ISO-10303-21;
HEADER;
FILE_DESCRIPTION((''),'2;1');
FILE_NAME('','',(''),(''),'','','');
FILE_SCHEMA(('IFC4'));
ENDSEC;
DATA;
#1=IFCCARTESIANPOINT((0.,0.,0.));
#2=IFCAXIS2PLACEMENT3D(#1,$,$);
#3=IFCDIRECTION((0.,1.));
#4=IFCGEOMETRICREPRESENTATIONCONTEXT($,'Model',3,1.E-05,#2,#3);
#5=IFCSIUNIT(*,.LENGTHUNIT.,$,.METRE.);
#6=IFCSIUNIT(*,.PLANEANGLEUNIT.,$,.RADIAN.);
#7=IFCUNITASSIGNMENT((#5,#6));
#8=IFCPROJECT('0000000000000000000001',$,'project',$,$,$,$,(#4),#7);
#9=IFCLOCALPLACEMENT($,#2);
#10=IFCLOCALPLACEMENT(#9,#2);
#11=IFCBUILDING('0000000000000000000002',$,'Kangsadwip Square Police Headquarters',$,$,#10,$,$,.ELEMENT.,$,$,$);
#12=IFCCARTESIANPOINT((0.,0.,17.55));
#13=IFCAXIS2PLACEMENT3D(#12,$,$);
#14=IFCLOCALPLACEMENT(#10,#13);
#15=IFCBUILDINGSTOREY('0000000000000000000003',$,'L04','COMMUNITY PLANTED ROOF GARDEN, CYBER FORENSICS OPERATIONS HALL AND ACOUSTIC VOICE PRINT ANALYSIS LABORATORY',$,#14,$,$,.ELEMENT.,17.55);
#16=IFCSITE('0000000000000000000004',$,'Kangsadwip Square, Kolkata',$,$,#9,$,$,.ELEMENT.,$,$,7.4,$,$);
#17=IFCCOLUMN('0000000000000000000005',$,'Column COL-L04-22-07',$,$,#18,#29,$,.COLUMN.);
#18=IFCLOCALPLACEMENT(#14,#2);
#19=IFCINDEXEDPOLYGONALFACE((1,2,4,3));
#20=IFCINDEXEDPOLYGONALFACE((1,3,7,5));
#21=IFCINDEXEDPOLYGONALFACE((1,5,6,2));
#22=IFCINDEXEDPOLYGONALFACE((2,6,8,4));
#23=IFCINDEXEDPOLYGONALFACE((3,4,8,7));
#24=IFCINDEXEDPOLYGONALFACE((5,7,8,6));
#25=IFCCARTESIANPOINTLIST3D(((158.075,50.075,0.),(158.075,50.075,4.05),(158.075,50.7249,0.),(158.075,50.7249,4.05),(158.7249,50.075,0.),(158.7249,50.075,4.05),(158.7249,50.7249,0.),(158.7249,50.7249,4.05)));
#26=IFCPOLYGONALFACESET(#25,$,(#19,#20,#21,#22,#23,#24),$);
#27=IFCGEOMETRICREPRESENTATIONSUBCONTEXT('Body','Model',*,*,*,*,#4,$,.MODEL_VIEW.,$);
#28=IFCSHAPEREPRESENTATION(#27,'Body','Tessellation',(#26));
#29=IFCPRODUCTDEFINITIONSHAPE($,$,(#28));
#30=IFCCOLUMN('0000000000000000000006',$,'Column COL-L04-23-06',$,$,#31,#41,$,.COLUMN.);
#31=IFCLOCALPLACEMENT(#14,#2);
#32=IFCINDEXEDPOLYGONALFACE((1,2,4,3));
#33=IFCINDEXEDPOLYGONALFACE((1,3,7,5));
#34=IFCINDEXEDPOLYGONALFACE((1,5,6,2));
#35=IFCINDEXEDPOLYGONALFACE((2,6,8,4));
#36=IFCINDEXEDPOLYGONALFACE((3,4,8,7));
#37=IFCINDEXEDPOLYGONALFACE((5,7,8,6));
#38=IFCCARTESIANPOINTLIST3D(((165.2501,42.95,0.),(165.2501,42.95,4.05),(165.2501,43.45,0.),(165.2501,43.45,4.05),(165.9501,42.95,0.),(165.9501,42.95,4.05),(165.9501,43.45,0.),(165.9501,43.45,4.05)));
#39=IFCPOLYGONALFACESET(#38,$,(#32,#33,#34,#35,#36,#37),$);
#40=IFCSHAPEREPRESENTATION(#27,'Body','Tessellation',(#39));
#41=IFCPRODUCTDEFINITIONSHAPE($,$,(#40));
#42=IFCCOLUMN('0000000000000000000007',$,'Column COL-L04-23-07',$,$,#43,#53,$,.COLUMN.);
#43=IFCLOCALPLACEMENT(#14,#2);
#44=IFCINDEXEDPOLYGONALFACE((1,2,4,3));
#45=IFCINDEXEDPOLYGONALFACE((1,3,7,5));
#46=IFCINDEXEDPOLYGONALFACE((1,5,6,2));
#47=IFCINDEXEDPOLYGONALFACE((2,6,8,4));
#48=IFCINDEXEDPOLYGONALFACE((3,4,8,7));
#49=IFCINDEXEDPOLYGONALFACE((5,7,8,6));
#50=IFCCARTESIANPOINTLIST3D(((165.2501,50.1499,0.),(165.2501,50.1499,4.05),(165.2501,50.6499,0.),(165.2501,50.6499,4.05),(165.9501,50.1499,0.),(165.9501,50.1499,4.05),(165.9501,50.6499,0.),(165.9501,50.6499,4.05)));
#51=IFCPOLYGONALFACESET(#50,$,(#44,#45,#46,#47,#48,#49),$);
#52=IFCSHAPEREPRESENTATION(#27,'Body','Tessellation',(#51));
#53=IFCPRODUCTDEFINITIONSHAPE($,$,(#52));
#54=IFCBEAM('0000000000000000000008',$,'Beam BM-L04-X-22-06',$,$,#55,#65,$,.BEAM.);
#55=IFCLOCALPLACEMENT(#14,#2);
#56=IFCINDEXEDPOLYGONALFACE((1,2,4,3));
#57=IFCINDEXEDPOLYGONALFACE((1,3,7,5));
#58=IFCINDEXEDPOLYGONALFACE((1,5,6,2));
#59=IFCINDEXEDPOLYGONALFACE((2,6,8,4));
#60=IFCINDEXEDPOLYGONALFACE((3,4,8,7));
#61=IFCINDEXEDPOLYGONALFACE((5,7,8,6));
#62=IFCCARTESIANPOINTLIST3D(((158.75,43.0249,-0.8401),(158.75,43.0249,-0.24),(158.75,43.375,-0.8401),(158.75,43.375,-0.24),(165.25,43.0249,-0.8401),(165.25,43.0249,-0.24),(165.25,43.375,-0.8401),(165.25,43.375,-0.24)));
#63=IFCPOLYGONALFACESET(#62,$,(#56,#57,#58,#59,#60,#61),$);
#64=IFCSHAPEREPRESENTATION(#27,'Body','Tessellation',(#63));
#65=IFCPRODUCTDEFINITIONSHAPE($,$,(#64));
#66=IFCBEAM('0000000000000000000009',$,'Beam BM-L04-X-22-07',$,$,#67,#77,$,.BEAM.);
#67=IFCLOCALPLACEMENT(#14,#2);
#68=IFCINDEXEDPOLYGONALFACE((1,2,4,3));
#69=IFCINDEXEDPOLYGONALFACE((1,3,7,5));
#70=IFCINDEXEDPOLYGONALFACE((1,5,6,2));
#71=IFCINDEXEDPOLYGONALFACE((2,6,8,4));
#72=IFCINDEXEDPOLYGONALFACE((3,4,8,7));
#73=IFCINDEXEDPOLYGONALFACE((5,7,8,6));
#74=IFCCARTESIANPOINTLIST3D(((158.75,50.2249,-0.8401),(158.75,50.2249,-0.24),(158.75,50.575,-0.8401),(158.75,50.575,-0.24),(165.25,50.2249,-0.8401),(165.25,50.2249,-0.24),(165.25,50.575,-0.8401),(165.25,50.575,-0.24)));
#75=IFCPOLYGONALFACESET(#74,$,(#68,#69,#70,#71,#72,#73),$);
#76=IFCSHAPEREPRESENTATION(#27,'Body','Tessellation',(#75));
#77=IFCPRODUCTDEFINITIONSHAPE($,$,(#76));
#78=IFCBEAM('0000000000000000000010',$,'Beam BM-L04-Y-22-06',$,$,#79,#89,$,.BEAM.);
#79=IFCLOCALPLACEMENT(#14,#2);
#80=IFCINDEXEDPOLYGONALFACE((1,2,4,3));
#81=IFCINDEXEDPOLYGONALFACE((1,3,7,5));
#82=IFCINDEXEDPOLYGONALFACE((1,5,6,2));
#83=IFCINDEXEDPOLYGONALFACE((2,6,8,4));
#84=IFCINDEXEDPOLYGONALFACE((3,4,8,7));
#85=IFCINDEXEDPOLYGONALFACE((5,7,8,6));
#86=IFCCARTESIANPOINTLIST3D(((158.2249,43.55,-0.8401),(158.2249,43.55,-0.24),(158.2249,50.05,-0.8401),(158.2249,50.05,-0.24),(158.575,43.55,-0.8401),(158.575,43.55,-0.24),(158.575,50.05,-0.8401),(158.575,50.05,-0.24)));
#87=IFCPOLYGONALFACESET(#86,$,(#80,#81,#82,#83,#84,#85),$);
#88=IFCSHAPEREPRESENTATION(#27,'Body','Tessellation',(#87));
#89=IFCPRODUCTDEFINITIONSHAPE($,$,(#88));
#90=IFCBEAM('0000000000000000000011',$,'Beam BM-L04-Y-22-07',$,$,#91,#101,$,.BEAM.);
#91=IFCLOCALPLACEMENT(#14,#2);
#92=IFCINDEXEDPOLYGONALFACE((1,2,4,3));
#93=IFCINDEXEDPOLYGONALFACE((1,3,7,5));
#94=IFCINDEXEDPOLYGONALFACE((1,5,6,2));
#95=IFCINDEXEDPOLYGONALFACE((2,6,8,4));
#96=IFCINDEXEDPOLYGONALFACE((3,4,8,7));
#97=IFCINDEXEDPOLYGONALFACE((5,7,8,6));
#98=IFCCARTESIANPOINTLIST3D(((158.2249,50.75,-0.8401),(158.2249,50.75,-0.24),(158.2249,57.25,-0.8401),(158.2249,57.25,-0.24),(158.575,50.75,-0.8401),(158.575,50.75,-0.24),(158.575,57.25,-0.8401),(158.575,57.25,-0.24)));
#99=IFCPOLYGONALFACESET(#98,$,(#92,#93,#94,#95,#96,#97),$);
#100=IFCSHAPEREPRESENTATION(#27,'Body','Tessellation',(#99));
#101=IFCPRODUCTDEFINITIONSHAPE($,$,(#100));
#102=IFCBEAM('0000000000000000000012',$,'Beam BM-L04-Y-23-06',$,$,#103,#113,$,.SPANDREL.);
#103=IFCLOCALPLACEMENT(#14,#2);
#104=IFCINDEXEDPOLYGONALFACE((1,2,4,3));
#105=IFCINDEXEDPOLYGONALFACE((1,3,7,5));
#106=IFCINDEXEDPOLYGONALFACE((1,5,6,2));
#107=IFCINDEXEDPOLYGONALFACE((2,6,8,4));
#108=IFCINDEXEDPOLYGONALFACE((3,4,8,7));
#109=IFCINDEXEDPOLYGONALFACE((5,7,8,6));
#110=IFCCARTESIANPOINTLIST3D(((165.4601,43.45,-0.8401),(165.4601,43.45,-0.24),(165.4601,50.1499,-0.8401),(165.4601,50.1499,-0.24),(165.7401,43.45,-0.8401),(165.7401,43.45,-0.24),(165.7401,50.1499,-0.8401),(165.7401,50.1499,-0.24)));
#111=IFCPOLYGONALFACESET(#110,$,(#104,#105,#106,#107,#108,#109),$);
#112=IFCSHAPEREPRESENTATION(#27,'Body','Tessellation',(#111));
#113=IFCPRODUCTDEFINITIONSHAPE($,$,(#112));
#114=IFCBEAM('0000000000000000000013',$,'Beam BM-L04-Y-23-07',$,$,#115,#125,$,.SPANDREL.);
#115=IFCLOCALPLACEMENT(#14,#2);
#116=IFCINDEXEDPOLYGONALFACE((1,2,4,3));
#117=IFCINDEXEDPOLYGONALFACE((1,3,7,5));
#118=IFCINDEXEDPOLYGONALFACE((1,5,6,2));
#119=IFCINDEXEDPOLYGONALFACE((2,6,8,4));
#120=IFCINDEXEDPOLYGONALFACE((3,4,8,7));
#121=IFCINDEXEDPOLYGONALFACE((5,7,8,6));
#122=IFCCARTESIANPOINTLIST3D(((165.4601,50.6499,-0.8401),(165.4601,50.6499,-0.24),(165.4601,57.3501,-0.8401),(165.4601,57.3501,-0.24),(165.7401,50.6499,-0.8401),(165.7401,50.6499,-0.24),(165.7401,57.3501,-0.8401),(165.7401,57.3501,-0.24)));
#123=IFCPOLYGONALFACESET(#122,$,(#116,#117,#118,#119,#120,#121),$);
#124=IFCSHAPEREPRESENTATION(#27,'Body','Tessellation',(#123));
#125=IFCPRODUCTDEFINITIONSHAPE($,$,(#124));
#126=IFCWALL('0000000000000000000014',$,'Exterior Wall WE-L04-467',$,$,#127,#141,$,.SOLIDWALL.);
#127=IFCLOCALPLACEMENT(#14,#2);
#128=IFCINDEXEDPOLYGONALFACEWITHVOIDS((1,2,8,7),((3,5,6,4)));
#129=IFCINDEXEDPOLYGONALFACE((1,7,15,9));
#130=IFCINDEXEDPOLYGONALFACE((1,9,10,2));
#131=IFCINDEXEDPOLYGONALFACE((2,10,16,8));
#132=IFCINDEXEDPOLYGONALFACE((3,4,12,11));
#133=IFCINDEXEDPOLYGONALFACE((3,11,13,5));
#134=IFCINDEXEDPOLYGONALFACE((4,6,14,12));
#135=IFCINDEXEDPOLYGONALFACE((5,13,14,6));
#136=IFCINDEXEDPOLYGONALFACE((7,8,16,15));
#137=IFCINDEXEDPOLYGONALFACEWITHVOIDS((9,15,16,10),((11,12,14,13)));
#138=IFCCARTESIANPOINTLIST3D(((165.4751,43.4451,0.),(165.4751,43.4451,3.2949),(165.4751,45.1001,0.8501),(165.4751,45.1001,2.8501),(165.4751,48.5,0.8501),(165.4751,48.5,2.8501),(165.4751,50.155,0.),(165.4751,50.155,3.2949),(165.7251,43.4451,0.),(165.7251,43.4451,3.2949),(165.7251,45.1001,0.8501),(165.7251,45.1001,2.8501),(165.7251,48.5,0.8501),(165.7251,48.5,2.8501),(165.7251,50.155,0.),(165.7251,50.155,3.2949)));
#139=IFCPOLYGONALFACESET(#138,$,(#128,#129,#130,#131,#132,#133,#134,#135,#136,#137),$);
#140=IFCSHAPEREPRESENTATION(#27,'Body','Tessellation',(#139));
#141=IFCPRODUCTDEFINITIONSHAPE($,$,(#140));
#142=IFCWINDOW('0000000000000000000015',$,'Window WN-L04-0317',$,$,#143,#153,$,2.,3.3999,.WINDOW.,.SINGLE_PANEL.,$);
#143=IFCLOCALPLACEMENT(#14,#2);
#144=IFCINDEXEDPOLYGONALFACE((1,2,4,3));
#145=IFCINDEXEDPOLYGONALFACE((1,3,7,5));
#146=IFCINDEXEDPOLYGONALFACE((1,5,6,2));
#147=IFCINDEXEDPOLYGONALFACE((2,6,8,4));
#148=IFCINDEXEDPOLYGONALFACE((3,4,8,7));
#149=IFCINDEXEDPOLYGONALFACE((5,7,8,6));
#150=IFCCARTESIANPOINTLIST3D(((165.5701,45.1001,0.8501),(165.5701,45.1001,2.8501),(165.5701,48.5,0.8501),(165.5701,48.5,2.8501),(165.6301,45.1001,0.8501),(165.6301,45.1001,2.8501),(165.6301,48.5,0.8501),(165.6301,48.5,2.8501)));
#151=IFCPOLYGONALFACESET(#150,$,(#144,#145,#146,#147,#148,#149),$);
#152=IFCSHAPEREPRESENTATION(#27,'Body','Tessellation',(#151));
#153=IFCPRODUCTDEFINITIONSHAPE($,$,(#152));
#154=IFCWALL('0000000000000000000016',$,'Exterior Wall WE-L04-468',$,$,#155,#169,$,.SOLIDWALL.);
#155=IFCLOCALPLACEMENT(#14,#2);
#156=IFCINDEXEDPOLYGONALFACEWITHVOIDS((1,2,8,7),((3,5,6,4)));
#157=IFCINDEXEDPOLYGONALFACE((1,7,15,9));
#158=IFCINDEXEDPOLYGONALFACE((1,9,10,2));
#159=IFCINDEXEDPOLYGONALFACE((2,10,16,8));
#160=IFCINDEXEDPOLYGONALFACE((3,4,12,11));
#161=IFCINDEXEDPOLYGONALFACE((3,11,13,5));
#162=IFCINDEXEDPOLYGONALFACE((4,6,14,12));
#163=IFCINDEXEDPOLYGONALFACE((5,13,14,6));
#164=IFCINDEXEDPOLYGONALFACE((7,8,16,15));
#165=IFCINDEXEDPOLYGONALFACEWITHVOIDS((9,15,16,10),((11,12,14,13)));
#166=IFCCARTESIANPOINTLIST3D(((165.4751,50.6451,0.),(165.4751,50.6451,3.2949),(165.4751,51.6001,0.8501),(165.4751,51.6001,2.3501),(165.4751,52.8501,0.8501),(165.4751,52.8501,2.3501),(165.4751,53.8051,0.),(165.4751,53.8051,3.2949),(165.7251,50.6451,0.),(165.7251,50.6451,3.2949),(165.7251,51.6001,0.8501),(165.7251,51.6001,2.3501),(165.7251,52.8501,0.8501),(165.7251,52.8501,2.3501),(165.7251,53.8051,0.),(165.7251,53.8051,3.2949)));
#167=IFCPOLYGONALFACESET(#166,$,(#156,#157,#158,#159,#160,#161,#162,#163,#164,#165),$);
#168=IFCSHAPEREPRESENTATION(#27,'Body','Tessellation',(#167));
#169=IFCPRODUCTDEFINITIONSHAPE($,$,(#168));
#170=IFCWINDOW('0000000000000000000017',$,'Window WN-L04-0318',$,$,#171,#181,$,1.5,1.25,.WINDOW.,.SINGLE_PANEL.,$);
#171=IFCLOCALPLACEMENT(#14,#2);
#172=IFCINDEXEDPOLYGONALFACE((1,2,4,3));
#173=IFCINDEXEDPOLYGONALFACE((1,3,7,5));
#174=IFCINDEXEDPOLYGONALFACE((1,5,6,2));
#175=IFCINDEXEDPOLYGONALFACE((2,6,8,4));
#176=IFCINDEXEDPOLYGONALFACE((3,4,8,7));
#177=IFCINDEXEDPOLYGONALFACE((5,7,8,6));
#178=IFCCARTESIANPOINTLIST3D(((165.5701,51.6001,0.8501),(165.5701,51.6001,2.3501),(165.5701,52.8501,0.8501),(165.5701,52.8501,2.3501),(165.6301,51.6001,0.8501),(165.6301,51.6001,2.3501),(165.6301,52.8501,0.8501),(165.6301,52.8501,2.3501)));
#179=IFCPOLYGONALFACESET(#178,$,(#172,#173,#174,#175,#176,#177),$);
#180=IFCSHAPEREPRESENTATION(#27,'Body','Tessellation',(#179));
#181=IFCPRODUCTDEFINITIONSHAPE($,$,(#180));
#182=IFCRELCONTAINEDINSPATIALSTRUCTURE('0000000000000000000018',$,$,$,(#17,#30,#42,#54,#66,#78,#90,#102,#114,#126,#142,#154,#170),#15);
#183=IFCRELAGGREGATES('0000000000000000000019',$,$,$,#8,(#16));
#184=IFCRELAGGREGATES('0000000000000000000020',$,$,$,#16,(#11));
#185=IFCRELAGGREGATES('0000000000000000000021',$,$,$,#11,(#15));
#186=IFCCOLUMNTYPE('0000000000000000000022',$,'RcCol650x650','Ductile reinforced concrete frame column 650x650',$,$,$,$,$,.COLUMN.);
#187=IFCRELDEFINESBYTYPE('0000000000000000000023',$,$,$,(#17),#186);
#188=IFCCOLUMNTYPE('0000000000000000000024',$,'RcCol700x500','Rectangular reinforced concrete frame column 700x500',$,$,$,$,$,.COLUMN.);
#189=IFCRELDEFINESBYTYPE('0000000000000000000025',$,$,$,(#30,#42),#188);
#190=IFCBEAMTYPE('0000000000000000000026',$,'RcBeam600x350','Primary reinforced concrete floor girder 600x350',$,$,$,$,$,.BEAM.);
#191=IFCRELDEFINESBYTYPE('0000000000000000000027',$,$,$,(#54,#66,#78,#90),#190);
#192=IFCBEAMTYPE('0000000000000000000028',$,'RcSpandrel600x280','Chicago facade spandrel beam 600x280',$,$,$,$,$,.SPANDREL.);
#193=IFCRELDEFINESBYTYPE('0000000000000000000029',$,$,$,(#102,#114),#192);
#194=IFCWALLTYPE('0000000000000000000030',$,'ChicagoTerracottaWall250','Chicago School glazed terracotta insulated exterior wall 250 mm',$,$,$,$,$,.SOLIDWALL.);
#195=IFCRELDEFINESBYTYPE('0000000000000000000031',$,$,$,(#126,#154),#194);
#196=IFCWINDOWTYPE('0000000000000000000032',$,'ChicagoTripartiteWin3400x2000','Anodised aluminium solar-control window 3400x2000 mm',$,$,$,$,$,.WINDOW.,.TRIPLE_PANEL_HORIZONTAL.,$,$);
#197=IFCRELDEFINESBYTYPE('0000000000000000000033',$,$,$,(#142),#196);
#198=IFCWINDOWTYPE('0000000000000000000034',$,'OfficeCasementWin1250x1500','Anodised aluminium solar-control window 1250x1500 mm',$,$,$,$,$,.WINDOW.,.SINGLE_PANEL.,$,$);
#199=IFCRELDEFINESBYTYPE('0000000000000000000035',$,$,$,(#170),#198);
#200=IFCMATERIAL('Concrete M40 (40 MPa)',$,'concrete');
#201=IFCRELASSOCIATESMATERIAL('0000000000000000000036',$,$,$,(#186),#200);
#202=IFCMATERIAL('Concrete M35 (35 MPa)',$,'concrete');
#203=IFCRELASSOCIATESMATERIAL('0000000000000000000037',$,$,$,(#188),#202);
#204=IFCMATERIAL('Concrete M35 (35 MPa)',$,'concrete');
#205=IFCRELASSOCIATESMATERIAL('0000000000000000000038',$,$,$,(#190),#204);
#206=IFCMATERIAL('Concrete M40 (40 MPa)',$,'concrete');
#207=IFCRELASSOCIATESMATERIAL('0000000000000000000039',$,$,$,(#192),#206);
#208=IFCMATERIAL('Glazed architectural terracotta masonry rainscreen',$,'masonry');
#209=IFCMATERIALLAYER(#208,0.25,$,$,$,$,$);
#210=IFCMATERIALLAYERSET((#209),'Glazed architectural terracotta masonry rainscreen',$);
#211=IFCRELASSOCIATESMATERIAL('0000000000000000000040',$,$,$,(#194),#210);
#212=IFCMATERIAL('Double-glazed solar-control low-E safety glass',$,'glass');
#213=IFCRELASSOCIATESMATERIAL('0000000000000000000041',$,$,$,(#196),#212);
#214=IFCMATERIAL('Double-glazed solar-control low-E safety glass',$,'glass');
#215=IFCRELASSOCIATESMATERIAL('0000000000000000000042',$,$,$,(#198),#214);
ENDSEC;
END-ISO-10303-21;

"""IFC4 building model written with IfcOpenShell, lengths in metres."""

from ifc_helpers import new_model, si_unit, direction, frame, frame_2d, origin, origin_2d, place, context, subcontext, project, spatial, rectangle, extrude, material, layer, layer_set, material_profile, profile_set, type_object, element, fill, save


model = new_model("IFC4")

# Units and contexts
model_context = context("Model", 3, precision=1e-05, world=origin(), true_north=direction((0.0, 1.0)))
body_context = subcontext(model_context, "Body", "Model", "MODEL_VIEW")
ifc_project = project(units=[si_unit("LENGTHUNIT", "METRE"), si_unit("PLANEANGLEUNIT", "RADIAN")], contexts=[model_context])

# Site, building, storey
site_placement = place(None, origin())
site = spatial("IfcSite", under=ifc_project, at=site_placement, Name="Kangsadwip Square, Kolkata", CompositionType="ELEMENT", RefElevation=7.4)
building_placement = place(site_placement, origin())
building = spatial("IfcBuilding", under=site, at=building_placement, Name="Kangsadwip Square Police Headquarters", CompositionType="ELEMENT")
storey_placement = place(building_placement, frame((0.0, 0.0, 17.55)))
storey = spatial("IfcBuildingStorey", under=building, at=storey_placement, Name="L04", Description="COMMUNITY PLANTED ROOF GARDEN, CYBER FORENSICS OPERATIONS HALL AND ACOUSTIC VOICE PRINT ANALYSIS LABORATORY", CompositionType="ELEMENT", Elevation=17.55)

# Columns
ifc_material_1 = material(Name="Concrete M40 (40 MPa)", Category="concrete")
ifc_material_profile_1 = material_profile(ifc_material_1, rectangle(XDim=0.6499, YDim=0.6499, at=origin_2d()), Name="RC COL 650X650")
ifc_profile_set_1 = profile_set([ifc_material_profile_1], Name="Concrete M40 (40 MPa)")
column_type_1 = type_object("IfcColumnType", Name="RcCol650x650", Description="Ductile reinforced concrete frame column 650x650", PredefinedType="COLUMN", material=ifc_profile_set_1)
column_placement = place(storey_placement, frame((158.3999, 50.3999, 0.0), z_axis=(0.0, 0.0, 1.0), x_axis=(1.0, 0.0, 0.0)))
element("IfcColumn", 1, at=column_placement, inside=storey, type_object=column_type_1, Name="Column COL-L04-22-07", PredefinedType="COLUMN", context=body_context, shape_type="SweptSolid", body=[
    extrude(rectangle(XDim=0.6499, YDim=0.6499, at=origin_2d()), origin(), (0.0, 0.0, 1.0), 4.05),
])
ifc_material_2 = material(Name="Concrete M35 (35 MPa)", Category="concrete")
ifc_material_profile_2 = material_profile(ifc_material_2, rectangle(XDim=0.5, YDim=0.7, at=origin_2d()), Name="RC COL 700X500")
ifc_profile_set_2 = profile_set([ifc_material_profile_2], Name="Concrete M35 (35 MPa)")
column_type_2 = type_object("IfcColumnType", Name="RcCol700x500", Description="Rectangular reinforced concrete frame column 700x500", PredefinedType="COLUMN", material=ifc_profile_set_2)
for number, where, z_axis, x_axis, name in (
    (2, (165.6001, 43.2, 0.0), (0.0, 0.0, 1.0), (0.0, 1.0, 0.0), "Column COL-L04-23-06"),
    (3, (165.6001, 50.3999, 0.0), (0.0, 0.0, 1.0), (0.0, 1.0, 0.0), "Column COL-L04-23-07"),
):
    element("IfcColumn", number, at=place(storey_placement, frame(where, z_axis=z_axis, x_axis=x_axis)), inside=storey, type_object=column_type_2, Name=name, PredefinedType="COLUMN", context=body_context, shape_type="SweptSolid", body=[
        extrude(rectangle(XDim=0.5, YDim=0.7, at=origin_2d()), origin(), (0.0, 0.0, 1.0), 4.05),
    ])

# Beams
ifc_material_3 = material(Name="Concrete M35 (35 MPa)", Category="concrete")
ifc_material_profile_3 = material_profile(ifc_material_3, rectangle(XDim=0.3501, YDim=0.6001, at=origin_2d()), Name="RC BM 600X350")
ifc_profile_set_3 = profile_set([ifc_material_profile_3], Name="Concrete M35 (35 MPa)")
beam_type_1 = type_object("IfcBeamType", Name="RcBeam600x350", Description="Primary reinforced concrete floor girder 600x350", PredefinedType="BEAM", material=ifc_profile_set_3)
for number, where, z_axis, x_axis, name in (
    (4, (158.75, 43.2, -0.54), (1.0, 0.0, 0.0), (0.0, 1.0, 0.0), "Beam BM-L04-X-22-06"),
    (5, (158.75, 50.3999, -0.54), (1.0, 0.0, 0.0), (0.0, 1.0, 0.0), "Beam BM-L04-X-22-07"),
    (6, (158.3999, 43.55, -0.54), (0.0, 1.0, 0.0), (-1.0, 0.0, 0.0), "Beam BM-L04-Y-22-06"),
    (7, (158.3999, 50.75, -0.54), (0.0, 1.0, 0.0), (-1.0, 0.0, 0.0), "Beam BM-L04-Y-22-07"),
):
    element("IfcBeam", number, at=place(storey_placement, frame(where, z_axis=z_axis, x_axis=x_axis)), inside=storey, type_object=beam_type_1, Name=name, PredefinedType="BEAM", context=body_context, shape_type="SweptSolid", body=[
        extrude(rectangle(XDim=0.3501, YDim=0.6001, at=origin_2d()), origin(), (0.0, 0.0, 1.0), 6.5),
    ])
ifc_material_4 = material(Name="Concrete M40 (40 MPa)", Category="concrete")
ifc_material_profile_4 = material_profile(ifc_material_4, rectangle(XDim=0.28, YDim=0.6001, at=origin_2d()), Name="RC SPN 600X280")
ifc_profile_set_4 = profile_set([ifc_material_profile_4], Name="Concrete M40 (40 MPa)")
beam_type_2 = type_object("IfcBeamType", Name="RcSpandrel600x280", Description="Chicago facade spandrel beam 600x280", PredefinedType="SPANDREL", material=ifc_profile_set_4)
beam_1_placement = place(storey_placement, frame((165.6001, 43.45, -0.54), z_axis=(0.0, 1.0, 0.0), x_axis=(-1.0, 0.0, 0.0)))
element("IfcBeam", 8, at=beam_1_placement, inside=storey, type_object=beam_type_2, Name="Beam BM-L04-Y-23-06", PredefinedType="SPANDREL", context=body_context, shape_type="SweptSolid", body=[
    extrude(rectangle(XDim=0.28, YDim=0.6001, at=origin_2d()), origin(), (0.0, 0.0, 1.0), 6.7),
])
beam_2_placement = place(storey_placement, frame((165.6001, 50.6499, -0.54), z_axis=(0.0, 1.0, 0.0), x_axis=(-1.0, 0.0, 0.0)))
element("IfcBeam", 9, at=beam_2_placement, inside=storey, type_object=beam_type_2, Name="Beam BM-L04-Y-23-07", PredefinedType="SPANDREL", context=body_context, shape_type="SweptSolid", body=[
    extrude(rectangle(XDim=0.28, YDim=0.6001, at=origin_2d()), origin(), (0.0, 0.0, 1.0), 6.7002),
])

# Walls, openings, windows
ifc_material_5 = material(Name="Glazed architectural terracotta masonry rainscreen", Category="masonry")
ifc_layer_1 = layer(ifc_material_5, 0.25)
ifc_layer_set_1 = layer_set([ifc_layer_1], Name="Glazed architectural terracotta masonry rainscreen")
wall_type_1 = type_object("IfcWallType", Name="ChicagoTerracottaWall250", Description="Chicago School glazed terracotta insulated exterior wall 250 mm", PredefinedType="SOLIDWALL", material=ifc_layer_set_1)
wall_1_placement = place(storey_placement, frame((165.6001, 43.4451, 0.0), z_axis=(0.0, 0.0, 1.0), x_axis=(0.0, 1.0, 0.0)))
wall_1 = element("IfcWall", 10, at=wall_1_placement, inside=storey, type_object=wall_type_1, Name="Exterior Wall WE-L04-467", PredefinedType="SOLIDWALL", context=body_context, shape_type="SweptSolid", body=[
    extrude(rectangle(XDim=6.71, YDim=0.25, at=frame_2d((3.355, 0.0))), origin(), (0.0, 0.0, 1.0), 3.2949),
])
opening_1_placement = place(wall_1_placement, frame((1.655, 0.0, 0.8501)))
opening_1 = element("IfcOpeningElement", 11, at=opening_1_placement, cuts=wall_1, PredefinedType="OPENING", context=body_context, shape_type="SweptSolid", body=[
    extrude(rectangle(XDim=3.3999, YDim=2.0, at=frame_2d((1.7, 1.0))), frame((0.0, 0.135, 0.0), z_axis=(0.0, -1.0, 0.0), x_axis=(1.0, 0.0, 0.0)), (0.0, 0.0, 1.0), 0.27),
])
ifc_material_6 = material(Name="Double-glazed solar-control low-E safety glass", Category="glass")
window_type_1 = type_object("IfcWindowType", Name="ChicagoTripartiteWin3400x2000", Description="Anodised aluminium solar-control window 3400x2000 mm", PartitioningType="TRIPLE_PANEL_HORIZONTAL", PredefinedType="WINDOW", material=ifc_material_6)
window_1_placement = place(opening_1_placement, origin())
window_1 = element("IfcWindow", 12, at=window_1_placement, inside=storey, type_object=window_type_1, Name="Window WN-L04-0317", OverallHeight=2.0, OverallWidth=3.3999, PartitioningType="SINGLE_PANEL", PredefinedType="WINDOW", context=body_context, shape_type="SweptSolid", body=[
    extrude(rectangle(XDim=3.3999, YDim=2.0, at=frame_2d((1.7, 1.0))), frame((0.0, 0.03, 0.0), z_axis=(0.0, -1.0, 0.0), x_axis=(1.0, 0.0, 0.0)), (0.0, 0.0, 1.0), 0.0601),
])
fill(opening_1, window_1)
wall_2_placement = place(storey_placement, frame((165.6001, 50.645, 0.0), z_axis=(0.0, 0.0, 1.0), x_axis=(0.0, 1.0, 0.0)))
wall_2 = element("IfcWall", 13, at=wall_2_placement, inside=storey, type_object=wall_type_1, Name="Exterior Wall WE-L04-468", PredefinedType="SOLIDWALL", context=body_context, shape_type="SweptSolid", body=[
    extrude(rectangle(XDim=3.1599, YDim=0.25, at=frame_2d((1.5801, 0.0))), origin(), (0.0, 0.0, 1.0), 3.2949),
])
opening_2_placement = place(wall_2_placement, frame((0.9551, 0.0, 0.8501)))
opening_2 = element("IfcOpeningElement", 14, at=opening_2_placement, cuts=wall_2, PredefinedType="OPENING", context=body_context, shape_type="SweptSolid", body=[
    extrude(rectangle(XDim=1.25, YDim=1.5, at=frame_2d((0.625, 0.75))), frame((0.0, 0.135, 0.0), z_axis=(0.0, -1.0, 0.0), x_axis=(1.0, 0.0, 0.0)), (0.0, 0.0, 1.0), 0.27),
])
ifc_material_7 = material(Name="Double-glazed solar-control low-E safety glass", Category="glass")
window_type_2 = type_object("IfcWindowType", Name="OfficeCasementWin1250x1500", Description="Anodised aluminium solar-control window 1250x1500 mm", PartitioningType="SINGLE_PANEL", PredefinedType="WINDOW", material=ifc_material_7)
window_2_placement = place(opening_2_placement, origin())
window_2 = element("IfcWindow", 15, at=window_2_placement, inside=storey, type_object=window_type_2, Name="Window WN-L04-0318", OverallHeight=1.5, OverallWidth=1.25, PartitioningType="SINGLE_PANEL", PredefinedType="WINDOW", context=body_context, shape_type="SweptSolid", body=[
    extrude(rectangle(XDim=1.25, YDim=1.5, at=frame_2d((0.625, 0.75))), frame((0.0, 0.03, 0.0), z_axis=(0.0, -1.0, 0.0), x_axis=(1.0, 0.0, 0.0)), (0.0, 0.0, 1.0), 0.0601),
])
fill(opening_2, window_2)

save(model, "model.ifc")
